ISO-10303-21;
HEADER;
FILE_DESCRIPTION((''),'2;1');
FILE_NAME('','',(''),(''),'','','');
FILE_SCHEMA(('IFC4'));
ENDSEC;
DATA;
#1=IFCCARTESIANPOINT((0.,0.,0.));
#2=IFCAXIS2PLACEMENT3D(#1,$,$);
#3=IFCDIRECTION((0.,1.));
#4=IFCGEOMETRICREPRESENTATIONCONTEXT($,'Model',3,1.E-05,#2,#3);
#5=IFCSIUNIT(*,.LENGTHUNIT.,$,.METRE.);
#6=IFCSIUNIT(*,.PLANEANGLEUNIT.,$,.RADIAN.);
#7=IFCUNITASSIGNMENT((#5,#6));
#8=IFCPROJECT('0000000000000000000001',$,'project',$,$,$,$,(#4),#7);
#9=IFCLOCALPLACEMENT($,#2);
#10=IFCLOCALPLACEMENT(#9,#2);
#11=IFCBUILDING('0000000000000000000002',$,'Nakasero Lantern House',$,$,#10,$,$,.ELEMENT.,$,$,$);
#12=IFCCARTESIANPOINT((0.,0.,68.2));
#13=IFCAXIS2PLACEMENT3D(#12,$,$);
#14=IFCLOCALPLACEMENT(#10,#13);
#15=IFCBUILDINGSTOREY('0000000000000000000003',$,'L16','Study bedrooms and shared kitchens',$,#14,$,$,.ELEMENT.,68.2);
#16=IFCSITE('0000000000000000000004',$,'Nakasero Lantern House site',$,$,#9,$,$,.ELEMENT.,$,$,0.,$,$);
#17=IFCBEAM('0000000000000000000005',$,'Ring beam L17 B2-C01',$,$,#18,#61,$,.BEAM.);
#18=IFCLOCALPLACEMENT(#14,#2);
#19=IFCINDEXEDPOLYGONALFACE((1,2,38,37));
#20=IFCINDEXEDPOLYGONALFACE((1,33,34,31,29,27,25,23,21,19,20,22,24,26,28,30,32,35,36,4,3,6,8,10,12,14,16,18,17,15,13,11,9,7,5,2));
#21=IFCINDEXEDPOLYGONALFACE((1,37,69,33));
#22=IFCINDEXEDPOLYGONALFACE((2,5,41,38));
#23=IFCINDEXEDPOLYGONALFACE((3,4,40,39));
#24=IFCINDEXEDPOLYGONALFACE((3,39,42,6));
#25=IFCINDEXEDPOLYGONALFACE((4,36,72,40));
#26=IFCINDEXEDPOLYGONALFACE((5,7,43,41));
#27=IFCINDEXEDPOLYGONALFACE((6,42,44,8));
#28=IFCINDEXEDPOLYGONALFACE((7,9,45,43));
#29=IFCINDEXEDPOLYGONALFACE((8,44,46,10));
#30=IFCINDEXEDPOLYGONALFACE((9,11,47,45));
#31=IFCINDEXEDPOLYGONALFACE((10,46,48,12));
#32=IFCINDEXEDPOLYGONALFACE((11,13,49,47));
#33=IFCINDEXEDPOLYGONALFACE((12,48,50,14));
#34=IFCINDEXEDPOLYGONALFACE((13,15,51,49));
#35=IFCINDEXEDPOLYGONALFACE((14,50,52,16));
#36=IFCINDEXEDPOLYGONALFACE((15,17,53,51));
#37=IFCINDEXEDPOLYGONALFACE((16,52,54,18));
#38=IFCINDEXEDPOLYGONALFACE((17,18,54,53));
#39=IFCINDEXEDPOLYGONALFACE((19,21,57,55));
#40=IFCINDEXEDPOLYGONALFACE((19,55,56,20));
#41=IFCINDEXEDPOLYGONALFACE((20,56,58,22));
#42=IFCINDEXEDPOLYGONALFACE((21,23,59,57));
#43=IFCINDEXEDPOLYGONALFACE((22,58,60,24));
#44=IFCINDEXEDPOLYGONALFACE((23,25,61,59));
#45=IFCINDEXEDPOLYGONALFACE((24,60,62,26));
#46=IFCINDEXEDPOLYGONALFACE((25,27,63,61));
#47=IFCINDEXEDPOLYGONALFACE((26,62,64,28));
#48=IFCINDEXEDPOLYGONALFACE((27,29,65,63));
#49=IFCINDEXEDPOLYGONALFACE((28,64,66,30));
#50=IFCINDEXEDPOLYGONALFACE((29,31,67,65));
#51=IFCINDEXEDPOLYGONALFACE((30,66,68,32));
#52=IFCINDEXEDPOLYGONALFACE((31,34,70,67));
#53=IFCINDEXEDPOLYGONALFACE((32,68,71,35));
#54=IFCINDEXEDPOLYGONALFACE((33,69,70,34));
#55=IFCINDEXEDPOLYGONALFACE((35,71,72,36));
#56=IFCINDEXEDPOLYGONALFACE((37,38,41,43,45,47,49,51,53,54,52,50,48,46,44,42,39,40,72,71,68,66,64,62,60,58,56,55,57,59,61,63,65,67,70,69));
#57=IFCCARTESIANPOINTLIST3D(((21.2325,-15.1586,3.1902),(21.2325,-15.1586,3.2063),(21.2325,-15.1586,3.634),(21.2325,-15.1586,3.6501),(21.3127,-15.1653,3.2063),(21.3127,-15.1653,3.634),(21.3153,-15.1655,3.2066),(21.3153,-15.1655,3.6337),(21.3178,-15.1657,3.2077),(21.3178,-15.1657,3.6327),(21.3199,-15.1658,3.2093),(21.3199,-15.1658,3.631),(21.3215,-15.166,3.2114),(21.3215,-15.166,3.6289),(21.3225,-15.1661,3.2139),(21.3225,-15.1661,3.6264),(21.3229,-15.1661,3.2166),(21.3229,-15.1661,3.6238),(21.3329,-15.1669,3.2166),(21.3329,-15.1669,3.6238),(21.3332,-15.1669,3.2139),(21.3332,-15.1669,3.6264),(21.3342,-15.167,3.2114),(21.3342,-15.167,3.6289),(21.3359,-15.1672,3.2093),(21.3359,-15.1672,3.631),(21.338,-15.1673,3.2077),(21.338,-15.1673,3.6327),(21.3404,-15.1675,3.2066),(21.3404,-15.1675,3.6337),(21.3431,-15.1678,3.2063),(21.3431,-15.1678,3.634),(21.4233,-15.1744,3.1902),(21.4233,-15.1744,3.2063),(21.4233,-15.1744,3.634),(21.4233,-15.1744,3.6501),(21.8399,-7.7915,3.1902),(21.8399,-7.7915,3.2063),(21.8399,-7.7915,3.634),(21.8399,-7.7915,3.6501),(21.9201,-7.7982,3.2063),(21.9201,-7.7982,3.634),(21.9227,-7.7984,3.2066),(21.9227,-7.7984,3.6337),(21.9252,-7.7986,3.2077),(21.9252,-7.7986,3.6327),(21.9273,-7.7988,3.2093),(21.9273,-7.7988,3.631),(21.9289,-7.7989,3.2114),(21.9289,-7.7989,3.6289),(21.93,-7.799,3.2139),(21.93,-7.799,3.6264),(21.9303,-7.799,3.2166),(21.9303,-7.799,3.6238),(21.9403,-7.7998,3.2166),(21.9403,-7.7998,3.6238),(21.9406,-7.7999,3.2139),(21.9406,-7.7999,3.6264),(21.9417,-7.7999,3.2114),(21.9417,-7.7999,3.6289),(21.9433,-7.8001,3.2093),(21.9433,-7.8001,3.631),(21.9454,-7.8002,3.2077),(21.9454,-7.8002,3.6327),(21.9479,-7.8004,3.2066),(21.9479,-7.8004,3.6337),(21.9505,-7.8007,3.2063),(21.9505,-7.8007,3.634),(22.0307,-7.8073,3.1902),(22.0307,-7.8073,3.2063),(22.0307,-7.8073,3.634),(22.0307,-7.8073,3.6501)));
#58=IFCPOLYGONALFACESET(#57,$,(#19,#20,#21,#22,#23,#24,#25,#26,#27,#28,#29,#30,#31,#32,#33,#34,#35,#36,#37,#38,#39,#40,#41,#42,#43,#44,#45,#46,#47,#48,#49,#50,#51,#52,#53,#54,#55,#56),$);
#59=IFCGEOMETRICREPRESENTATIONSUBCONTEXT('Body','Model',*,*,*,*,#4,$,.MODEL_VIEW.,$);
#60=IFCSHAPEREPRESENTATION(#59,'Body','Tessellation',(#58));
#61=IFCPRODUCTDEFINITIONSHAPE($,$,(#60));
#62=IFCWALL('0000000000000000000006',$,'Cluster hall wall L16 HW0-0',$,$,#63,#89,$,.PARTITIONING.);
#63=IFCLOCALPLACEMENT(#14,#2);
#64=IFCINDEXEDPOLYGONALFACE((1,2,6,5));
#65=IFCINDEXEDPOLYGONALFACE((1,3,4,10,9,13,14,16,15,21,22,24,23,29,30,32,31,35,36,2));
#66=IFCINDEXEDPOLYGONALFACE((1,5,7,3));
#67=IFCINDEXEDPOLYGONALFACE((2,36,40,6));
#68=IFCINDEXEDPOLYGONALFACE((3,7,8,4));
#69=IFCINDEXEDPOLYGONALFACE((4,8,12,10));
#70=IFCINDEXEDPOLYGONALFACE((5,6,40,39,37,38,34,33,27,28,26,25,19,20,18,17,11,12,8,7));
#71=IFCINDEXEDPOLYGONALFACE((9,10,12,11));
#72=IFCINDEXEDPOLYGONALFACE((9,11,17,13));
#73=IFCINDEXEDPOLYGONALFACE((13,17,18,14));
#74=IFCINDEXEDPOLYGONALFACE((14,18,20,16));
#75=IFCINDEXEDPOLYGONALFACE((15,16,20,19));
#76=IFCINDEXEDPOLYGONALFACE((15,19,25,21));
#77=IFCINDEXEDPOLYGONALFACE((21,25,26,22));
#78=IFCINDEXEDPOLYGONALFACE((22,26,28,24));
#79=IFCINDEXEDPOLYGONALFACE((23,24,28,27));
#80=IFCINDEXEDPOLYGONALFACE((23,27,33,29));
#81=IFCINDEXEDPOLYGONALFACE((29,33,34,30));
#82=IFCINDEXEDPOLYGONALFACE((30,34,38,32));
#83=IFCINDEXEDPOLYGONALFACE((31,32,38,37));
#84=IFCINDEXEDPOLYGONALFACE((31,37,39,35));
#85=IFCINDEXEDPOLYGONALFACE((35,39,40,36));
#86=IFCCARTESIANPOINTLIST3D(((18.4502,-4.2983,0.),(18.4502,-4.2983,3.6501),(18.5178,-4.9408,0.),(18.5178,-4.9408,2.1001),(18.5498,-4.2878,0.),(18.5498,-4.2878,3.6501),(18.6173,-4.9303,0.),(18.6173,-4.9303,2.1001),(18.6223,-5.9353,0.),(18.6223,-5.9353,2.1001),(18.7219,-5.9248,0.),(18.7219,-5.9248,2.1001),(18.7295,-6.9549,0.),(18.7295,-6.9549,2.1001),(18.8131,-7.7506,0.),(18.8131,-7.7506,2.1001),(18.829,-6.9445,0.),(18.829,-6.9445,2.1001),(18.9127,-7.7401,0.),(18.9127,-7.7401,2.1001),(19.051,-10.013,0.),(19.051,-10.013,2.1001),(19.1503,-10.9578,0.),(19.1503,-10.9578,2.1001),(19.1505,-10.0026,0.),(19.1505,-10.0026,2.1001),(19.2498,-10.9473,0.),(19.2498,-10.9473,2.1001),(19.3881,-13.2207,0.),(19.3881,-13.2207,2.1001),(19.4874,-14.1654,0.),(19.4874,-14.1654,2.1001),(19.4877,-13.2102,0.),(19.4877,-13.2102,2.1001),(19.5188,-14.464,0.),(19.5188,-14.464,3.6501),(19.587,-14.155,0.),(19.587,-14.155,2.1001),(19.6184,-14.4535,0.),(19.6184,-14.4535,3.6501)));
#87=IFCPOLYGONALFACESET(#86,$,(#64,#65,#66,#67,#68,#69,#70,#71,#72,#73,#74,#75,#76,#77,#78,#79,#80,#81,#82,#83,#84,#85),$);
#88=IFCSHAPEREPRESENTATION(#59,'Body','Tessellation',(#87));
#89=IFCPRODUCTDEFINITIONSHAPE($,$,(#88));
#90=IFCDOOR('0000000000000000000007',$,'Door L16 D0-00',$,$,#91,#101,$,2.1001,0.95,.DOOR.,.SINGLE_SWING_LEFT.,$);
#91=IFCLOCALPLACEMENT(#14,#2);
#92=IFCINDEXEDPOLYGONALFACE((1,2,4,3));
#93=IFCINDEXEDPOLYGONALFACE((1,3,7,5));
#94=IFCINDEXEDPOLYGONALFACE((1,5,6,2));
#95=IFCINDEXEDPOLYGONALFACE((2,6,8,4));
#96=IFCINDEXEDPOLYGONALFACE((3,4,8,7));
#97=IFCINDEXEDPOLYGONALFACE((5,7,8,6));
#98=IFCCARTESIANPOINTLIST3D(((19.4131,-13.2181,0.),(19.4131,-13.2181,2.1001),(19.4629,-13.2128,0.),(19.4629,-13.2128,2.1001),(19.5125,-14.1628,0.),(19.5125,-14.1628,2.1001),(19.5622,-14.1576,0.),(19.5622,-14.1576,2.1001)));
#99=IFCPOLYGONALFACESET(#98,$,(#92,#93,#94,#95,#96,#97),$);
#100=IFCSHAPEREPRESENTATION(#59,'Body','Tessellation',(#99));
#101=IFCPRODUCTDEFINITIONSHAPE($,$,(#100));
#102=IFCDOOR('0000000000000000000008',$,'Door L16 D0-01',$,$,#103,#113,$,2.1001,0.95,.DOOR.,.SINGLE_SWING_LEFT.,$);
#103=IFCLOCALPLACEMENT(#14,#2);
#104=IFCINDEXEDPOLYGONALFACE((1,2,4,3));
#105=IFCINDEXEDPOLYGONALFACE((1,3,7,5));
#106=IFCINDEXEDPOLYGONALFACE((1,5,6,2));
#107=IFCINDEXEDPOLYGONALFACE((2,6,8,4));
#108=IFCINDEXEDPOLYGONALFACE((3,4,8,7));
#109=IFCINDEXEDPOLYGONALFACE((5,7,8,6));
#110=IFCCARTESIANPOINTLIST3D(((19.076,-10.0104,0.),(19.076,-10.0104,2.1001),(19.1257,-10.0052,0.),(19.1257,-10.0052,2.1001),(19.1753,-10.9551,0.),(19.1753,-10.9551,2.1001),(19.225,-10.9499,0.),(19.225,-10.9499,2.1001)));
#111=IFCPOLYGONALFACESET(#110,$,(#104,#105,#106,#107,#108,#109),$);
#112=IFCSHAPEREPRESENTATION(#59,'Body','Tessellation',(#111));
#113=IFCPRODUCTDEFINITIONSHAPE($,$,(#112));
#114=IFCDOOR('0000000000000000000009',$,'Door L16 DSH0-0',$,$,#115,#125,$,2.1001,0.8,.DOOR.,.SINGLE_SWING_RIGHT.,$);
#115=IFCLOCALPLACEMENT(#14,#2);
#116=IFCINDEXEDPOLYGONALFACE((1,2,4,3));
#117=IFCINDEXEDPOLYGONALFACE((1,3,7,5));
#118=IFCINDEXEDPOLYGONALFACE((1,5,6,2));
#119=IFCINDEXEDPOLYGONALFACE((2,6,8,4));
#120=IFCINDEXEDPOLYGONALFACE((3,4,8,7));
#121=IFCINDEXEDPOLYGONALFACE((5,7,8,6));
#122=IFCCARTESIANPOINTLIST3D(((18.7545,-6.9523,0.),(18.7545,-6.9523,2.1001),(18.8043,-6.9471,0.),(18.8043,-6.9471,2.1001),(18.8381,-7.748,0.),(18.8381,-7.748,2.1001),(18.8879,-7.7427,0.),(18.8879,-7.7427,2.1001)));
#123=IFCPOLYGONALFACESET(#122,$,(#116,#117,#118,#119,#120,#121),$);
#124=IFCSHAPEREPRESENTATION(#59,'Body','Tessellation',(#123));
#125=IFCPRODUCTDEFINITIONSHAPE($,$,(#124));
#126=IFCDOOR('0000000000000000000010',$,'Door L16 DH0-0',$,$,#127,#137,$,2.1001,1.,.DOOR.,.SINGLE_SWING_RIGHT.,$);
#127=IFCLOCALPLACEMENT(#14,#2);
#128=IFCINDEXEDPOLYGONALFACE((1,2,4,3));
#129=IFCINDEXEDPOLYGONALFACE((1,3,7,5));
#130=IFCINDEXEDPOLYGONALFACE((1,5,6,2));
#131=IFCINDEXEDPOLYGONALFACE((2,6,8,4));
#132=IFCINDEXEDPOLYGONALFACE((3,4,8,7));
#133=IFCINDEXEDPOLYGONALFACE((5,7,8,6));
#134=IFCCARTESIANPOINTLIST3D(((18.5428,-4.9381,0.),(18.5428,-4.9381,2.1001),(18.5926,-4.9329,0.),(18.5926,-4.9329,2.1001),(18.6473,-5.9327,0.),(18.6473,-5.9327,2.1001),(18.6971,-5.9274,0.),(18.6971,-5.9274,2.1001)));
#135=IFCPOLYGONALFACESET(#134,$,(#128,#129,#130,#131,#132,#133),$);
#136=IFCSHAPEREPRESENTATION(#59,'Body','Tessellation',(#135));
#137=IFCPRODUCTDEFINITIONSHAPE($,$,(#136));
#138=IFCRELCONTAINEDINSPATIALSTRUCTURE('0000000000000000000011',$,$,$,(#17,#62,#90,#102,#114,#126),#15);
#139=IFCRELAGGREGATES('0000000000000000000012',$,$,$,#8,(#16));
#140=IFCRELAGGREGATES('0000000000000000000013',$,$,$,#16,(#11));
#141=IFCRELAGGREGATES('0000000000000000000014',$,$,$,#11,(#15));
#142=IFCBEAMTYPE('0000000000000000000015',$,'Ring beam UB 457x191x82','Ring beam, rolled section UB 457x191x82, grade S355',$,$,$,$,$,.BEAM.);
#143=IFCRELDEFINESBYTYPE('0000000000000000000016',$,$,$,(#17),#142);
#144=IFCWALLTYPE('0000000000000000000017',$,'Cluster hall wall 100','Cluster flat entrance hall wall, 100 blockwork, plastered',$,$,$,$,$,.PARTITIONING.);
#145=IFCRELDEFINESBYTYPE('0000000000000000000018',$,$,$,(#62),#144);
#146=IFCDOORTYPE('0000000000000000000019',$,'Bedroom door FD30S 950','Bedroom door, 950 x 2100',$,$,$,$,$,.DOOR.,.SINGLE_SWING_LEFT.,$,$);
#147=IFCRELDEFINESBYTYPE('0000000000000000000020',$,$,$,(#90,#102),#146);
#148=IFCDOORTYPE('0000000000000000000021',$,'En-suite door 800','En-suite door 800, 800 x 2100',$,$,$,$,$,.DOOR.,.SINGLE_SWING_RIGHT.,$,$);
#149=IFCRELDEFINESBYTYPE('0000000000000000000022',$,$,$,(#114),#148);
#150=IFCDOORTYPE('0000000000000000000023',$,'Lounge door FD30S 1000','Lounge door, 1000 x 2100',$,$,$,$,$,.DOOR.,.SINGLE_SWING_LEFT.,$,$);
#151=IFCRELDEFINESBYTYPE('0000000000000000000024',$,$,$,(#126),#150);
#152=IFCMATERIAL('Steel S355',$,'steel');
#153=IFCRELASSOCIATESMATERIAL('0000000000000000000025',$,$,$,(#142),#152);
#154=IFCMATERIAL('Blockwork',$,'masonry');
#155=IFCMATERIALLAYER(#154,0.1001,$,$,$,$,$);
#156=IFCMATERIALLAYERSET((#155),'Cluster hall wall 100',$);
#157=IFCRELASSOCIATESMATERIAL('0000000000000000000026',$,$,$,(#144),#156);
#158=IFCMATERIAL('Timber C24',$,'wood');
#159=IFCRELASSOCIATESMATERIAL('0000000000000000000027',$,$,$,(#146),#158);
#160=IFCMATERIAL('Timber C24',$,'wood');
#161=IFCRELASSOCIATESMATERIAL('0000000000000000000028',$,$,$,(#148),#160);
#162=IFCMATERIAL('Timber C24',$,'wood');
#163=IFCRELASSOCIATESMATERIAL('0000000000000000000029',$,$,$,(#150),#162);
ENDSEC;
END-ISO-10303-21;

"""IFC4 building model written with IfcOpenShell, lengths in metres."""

from ifc_helpers import new_model, si_unit, direction, frame, frame_2d, origin, origin_2d, place, context, subcontext, project, spatial, rectangle, i_section, extrude, material, layer, layer_set, material_profile, profile_set, type_object, element, fill, save


model = new_model("IFC4")

# Units and contexts
model_context = context("Model", 3, precision=1e-05, world=origin(), true_north=direction((0.0, 1.0)))
body_context = subcontext(model_context, "Body", "Model", "MODEL_VIEW")
ifc_project = project(units=[si_unit("LENGTHUNIT", "METRE"), si_unit("PLANEANGLEUNIT", "RADIAN")], contexts=[model_context])

# Site, building, storey
site_placement = place(None, origin())
site = spatial("IfcSite", under=ifc_project, at=site_placement, Name="Nakasero Lantern House site", CompositionType="ELEMENT", RefElevation=0.0)
building_placement = place(site_placement, origin())
building = spatial("IfcBuilding", under=site, at=building_placement, Name="Nakasero Lantern House", CompositionType="ELEMENT")
storey_placement = place(building_placement, frame((0.0, 0.0, 68.2)))
storey = spatial("IfcBuildingStorey", under=building, at=storey_placement, Name="L16", Description="Study bedrooms and shared kitchens", CompositionType="ELEMENT", Elevation=68.2)

# Beam
ifc_material_1 = material(Name="Steel S355", Category="steel")
ifc_material_profile_1 = material_profile(ifc_material_1, i_section(OverallWidth=0.1914, OverallDepth=0.46, WebThickness=0.01, FlangeThickness=0.0161, FilletRadius=0.0103, at=origin_2d()), Name="UB 457x191x82")
ifc_profile_set_1 = profile_set([ifc_material_profile_1], Name="Steel S355")
beam_type_1 = type_object("IfcBeamType", Name="Ring beam UB 457x191x82", Description="Ring beam, rolled section UB 457x191x82, grade S355", PredefinedType="BEAM", material=ifc_profile_set_1)
beam_1_placement = place(storey_placement, frame((21.3279, -15.1665, 3.4202), z_axis=(0.082171, 0.996618, 0.0), x_axis=(-0.996618, 0.082171, 0.0)))
element("IfcBeam", 1, at=beam_1_placement, inside=storey, type_object=beam_type_1, Name="Ring beam L17 B2-C01", PredefinedType="BEAM", context=body_context, shape_type="SweptSolid", body=[
    extrude(i_section(OverallWidth=0.1914, OverallDepth=0.46, WebThickness=0.01, FlangeThickness=0.0161, FilletRadius=0.0103, at=origin_2d()), origin(), (0.0, 0.0, 1.0), 7.3921),
])

# Wall, openings, doors
ifc_material_2 = material(Name="Blockwork", Category="masonry")
ifc_layer_1 = layer(ifc_material_2, 0.1001)
ifc_layer_set_1 = layer_set([ifc_layer_1], Name="Cluster hall wall 100")
wall_type_1 = type_object("IfcWallType", Name="Cluster hall wall 100", Description="Cluster flat entrance hall wall, 100 blockwork, plastered", PredefinedType="PARTITIONING", material=ifc_layer_set_1)
wall_1_placement = place(storey_placement, frame((19.5686, -14.4587, 0.0), z_axis=(0.0, 0.0, 1.0), x_axis=(-0.104542, 0.99452, 0.0)))
wall_1 = element("IfcWall", 2, at=wall_1_placement, inside=storey, type_object=wall_type_1, Name="Cluster hall wall L16 HW0-0", PredefinedType="PARTITIONING", context=body_context, shape_type="SweptSolid", body=[
    extrude(rectangle(XDim=10.2217, YDim=0.1001, at=frame_2d((5.1108, 0.0))), origin(), (0.0, 0.0, 1.0), 3.6501),
])
opening_1_placement = place(wall_1_placement, frame((8.5757, 0.0, 0.0)))
opening_1 = element("IfcOpeningElement", 3, at=opening_1_placement, cuts=wall_1, PredefinedType="OPENING", context=body_context, shape_type="SweptSolid", body=[
    extrude(rectangle(XDim=1.0, YDim=2.1001, at=frame_2d((0.5, 1.05))), frame((0.0, 0.0701, 0.0), z_axis=(0.0, -1.0, 0.0), x_axis=(1.0, 0.0, 0.0)), (0.0, 0.0, 1.0), 0.1401),
])
opening_2_placement = place(wall_1_placement, frame((6.7505, 0.0, 0.0)))
opening_2 = element("IfcOpeningElement", 4, at=opening_2_placement, cuts=wall_1, PredefinedType="OPENING", context=body_context, shape_type="SweptSolid", body=[
    extrude(rectangle(XDim=0.8, YDim=2.1001, at=frame_2d((0.3999, 1.05))), frame((0.0, 0.0701, 0.0), z_axis=(0.0, -1.0, 0.0), x_axis=(1.0, 0.0, 0.0)), (0.0, 0.0, 1.0), 0.1401),
])
opening_3_placement = place(wall_1_placement, frame((0.3, 0.0, 0.0)))
opening_3 = element("IfcOpeningElement", 5, at=opening_3_placement, cuts=wall_1, PredefinedType="OPENING", context=body_context, shape_type="SweptSolid", body=[
    extrude(rectangle(XDim=0.95, YDim=2.1001, at=frame_2d((0.4751, 1.05))), frame((0.0, 0.0701, 0.0), z_axis=(0.0, -1.0, 0.0), x_axis=(1.0, 0.0, 0.0)), (0.0, 0.0, 1.0), 0.1401),
])
opening_4_placement = place(wall_1_placement, frame((3.5254, 0.0, 0.0)))
opening_4 = element("IfcOpeningElement", 6, at=opening_4_placement, cuts=wall_1, PredefinedType="OPENING", context=body_context, shape_type="SweptSolid", body=[
    extrude(rectangle(XDim=0.95, YDim=2.1001, at=frame_2d((0.4751, 1.05))), frame((0.0, 0.0701, 0.0), z_axis=(0.0, -1.0, 0.0), x_axis=(1.0, 0.0, 0.0)), (0.0, 0.0, 1.0), 0.1401),
])
ifc_material_3 = material(Name="Timber C24", Category="wood")
door_type_1 = type_object("IfcDoorType", Name="Bedroom door FD30S 950", Description="Bedroom door, 950 x 2100", OperationType="SINGLE_SWING_LEFT", PredefinedType="DOOR", material=ifc_material_3)
door_1_placement = place(opening_3_placement, origin())
door_1 = element("IfcDoor", 7, at=door_1_placement, inside=storey, type_object=door_type_1, Name="Door L16 D0-00", OperationType="SINGLE_SWING_LEFT", OverallHeight=2.1001, OverallWidth=0.95, PredefinedType="DOOR", context=body_context, shape_type="SweptSolid", body=[
    extrude(rectangle(XDim=0.95, YDim=2.1001, at=frame_2d((0.4751, 1.05))), frame((0.0, 0.0249, 0.0), z_axis=(0.0, -1.0, 0.0), x_axis=(1.0, 0.0, 0.0)), (0.0, 0.0, 1.0), 0.05),
])
fill(opening_3, door_1)
door_2_placement = place(opening_4_placement, origin())
door_2 = element("IfcDoor", 8, at=door_2_placement, inside=storey, type_object=door_type_1, Name="Door L16 D0-01", OperationType="SINGLE_SWING_LEFT", OverallHeight=2.1001, OverallWidth=0.95, PredefinedType="DOOR", context=body_context, shape_type="SweptSolid", body=[
    extrude(rectangle(XDim=0.95, YDim=2.1001, at=frame_2d((0.4751, 1.05))), frame((0.0, 0.0249, 0.0), z_axis=(0.0, -1.0, 0.0), x_axis=(1.0, 0.0, 0.0)), (0.0, 0.0, 1.0), 0.05),
])
fill(opening_4, door_2)
ifc_material_4 = material(Name="Timber C24", Category="wood")
door_type_2 = type_object("IfcDoorType", Name="En-suite door 800", Description="En-suite door 800, 800 x 2100", OperationType="SINGLE_SWING_RIGHT", PredefinedType="DOOR", material=ifc_material_4)
door_3_placement = place(opening_2_placement, origin())
door_3 = element("IfcDoor", 9, at=door_3_placement, inside=storey, type_object=door_type_2, Name="Door L16 DSH0-0", OperationType="SINGLE_SWING_RIGHT", OverallHeight=2.1001, OverallWidth=0.8, PredefinedType="DOOR", context=body_context, shape_type="SweptSolid", body=[
    extrude(rectangle(XDim=0.8, YDim=2.1001, at=frame_2d((0.3999, 1.05))), frame((0.0, 0.0249, 0.0), z_axis=(0.0, -1.0, 0.0), x_axis=(1.0, 0.0, 0.0)), (0.0, 0.0, 1.0), 0.05),
])
fill(opening_2, door_3)
ifc_material_5 = material(Name="Timber C24", Category="wood")
door_type_3 = type_object("IfcDoorType", Name="Lounge door FD30S 1000", Description="Lounge door, 1000 x 2100", OperationType="SINGLE_SWING_LEFT", PredefinedType="DOOR", material=ifc_material_5)
door_4_placement = place(opening_1_placement, origin())
door_4 = element("IfcDoor", 10, at=door_4_placement, inside=storey, type_object=door_type_3, Name="Door L16 DH0-0", OperationType="SINGLE_SWING_RIGHT", OverallHeight=2.1001, OverallWidth=1.0, PredefinedType="DOOR", context=body_context, shape_type="SweptSolid", body=[
    extrude(rectangle(XDim=1.0, YDim=2.1001, at=frame_2d((0.5, 1.05))), frame((0.0, 0.0249, 0.0), z_axis=(0.0, -1.0, 0.0), x_axis=(1.0, 0.0, 0.0)), (0.0, 0.0, 1.0), 0.05),
])
fill(opening_1, door_4)

save(model, "model.ifc")
